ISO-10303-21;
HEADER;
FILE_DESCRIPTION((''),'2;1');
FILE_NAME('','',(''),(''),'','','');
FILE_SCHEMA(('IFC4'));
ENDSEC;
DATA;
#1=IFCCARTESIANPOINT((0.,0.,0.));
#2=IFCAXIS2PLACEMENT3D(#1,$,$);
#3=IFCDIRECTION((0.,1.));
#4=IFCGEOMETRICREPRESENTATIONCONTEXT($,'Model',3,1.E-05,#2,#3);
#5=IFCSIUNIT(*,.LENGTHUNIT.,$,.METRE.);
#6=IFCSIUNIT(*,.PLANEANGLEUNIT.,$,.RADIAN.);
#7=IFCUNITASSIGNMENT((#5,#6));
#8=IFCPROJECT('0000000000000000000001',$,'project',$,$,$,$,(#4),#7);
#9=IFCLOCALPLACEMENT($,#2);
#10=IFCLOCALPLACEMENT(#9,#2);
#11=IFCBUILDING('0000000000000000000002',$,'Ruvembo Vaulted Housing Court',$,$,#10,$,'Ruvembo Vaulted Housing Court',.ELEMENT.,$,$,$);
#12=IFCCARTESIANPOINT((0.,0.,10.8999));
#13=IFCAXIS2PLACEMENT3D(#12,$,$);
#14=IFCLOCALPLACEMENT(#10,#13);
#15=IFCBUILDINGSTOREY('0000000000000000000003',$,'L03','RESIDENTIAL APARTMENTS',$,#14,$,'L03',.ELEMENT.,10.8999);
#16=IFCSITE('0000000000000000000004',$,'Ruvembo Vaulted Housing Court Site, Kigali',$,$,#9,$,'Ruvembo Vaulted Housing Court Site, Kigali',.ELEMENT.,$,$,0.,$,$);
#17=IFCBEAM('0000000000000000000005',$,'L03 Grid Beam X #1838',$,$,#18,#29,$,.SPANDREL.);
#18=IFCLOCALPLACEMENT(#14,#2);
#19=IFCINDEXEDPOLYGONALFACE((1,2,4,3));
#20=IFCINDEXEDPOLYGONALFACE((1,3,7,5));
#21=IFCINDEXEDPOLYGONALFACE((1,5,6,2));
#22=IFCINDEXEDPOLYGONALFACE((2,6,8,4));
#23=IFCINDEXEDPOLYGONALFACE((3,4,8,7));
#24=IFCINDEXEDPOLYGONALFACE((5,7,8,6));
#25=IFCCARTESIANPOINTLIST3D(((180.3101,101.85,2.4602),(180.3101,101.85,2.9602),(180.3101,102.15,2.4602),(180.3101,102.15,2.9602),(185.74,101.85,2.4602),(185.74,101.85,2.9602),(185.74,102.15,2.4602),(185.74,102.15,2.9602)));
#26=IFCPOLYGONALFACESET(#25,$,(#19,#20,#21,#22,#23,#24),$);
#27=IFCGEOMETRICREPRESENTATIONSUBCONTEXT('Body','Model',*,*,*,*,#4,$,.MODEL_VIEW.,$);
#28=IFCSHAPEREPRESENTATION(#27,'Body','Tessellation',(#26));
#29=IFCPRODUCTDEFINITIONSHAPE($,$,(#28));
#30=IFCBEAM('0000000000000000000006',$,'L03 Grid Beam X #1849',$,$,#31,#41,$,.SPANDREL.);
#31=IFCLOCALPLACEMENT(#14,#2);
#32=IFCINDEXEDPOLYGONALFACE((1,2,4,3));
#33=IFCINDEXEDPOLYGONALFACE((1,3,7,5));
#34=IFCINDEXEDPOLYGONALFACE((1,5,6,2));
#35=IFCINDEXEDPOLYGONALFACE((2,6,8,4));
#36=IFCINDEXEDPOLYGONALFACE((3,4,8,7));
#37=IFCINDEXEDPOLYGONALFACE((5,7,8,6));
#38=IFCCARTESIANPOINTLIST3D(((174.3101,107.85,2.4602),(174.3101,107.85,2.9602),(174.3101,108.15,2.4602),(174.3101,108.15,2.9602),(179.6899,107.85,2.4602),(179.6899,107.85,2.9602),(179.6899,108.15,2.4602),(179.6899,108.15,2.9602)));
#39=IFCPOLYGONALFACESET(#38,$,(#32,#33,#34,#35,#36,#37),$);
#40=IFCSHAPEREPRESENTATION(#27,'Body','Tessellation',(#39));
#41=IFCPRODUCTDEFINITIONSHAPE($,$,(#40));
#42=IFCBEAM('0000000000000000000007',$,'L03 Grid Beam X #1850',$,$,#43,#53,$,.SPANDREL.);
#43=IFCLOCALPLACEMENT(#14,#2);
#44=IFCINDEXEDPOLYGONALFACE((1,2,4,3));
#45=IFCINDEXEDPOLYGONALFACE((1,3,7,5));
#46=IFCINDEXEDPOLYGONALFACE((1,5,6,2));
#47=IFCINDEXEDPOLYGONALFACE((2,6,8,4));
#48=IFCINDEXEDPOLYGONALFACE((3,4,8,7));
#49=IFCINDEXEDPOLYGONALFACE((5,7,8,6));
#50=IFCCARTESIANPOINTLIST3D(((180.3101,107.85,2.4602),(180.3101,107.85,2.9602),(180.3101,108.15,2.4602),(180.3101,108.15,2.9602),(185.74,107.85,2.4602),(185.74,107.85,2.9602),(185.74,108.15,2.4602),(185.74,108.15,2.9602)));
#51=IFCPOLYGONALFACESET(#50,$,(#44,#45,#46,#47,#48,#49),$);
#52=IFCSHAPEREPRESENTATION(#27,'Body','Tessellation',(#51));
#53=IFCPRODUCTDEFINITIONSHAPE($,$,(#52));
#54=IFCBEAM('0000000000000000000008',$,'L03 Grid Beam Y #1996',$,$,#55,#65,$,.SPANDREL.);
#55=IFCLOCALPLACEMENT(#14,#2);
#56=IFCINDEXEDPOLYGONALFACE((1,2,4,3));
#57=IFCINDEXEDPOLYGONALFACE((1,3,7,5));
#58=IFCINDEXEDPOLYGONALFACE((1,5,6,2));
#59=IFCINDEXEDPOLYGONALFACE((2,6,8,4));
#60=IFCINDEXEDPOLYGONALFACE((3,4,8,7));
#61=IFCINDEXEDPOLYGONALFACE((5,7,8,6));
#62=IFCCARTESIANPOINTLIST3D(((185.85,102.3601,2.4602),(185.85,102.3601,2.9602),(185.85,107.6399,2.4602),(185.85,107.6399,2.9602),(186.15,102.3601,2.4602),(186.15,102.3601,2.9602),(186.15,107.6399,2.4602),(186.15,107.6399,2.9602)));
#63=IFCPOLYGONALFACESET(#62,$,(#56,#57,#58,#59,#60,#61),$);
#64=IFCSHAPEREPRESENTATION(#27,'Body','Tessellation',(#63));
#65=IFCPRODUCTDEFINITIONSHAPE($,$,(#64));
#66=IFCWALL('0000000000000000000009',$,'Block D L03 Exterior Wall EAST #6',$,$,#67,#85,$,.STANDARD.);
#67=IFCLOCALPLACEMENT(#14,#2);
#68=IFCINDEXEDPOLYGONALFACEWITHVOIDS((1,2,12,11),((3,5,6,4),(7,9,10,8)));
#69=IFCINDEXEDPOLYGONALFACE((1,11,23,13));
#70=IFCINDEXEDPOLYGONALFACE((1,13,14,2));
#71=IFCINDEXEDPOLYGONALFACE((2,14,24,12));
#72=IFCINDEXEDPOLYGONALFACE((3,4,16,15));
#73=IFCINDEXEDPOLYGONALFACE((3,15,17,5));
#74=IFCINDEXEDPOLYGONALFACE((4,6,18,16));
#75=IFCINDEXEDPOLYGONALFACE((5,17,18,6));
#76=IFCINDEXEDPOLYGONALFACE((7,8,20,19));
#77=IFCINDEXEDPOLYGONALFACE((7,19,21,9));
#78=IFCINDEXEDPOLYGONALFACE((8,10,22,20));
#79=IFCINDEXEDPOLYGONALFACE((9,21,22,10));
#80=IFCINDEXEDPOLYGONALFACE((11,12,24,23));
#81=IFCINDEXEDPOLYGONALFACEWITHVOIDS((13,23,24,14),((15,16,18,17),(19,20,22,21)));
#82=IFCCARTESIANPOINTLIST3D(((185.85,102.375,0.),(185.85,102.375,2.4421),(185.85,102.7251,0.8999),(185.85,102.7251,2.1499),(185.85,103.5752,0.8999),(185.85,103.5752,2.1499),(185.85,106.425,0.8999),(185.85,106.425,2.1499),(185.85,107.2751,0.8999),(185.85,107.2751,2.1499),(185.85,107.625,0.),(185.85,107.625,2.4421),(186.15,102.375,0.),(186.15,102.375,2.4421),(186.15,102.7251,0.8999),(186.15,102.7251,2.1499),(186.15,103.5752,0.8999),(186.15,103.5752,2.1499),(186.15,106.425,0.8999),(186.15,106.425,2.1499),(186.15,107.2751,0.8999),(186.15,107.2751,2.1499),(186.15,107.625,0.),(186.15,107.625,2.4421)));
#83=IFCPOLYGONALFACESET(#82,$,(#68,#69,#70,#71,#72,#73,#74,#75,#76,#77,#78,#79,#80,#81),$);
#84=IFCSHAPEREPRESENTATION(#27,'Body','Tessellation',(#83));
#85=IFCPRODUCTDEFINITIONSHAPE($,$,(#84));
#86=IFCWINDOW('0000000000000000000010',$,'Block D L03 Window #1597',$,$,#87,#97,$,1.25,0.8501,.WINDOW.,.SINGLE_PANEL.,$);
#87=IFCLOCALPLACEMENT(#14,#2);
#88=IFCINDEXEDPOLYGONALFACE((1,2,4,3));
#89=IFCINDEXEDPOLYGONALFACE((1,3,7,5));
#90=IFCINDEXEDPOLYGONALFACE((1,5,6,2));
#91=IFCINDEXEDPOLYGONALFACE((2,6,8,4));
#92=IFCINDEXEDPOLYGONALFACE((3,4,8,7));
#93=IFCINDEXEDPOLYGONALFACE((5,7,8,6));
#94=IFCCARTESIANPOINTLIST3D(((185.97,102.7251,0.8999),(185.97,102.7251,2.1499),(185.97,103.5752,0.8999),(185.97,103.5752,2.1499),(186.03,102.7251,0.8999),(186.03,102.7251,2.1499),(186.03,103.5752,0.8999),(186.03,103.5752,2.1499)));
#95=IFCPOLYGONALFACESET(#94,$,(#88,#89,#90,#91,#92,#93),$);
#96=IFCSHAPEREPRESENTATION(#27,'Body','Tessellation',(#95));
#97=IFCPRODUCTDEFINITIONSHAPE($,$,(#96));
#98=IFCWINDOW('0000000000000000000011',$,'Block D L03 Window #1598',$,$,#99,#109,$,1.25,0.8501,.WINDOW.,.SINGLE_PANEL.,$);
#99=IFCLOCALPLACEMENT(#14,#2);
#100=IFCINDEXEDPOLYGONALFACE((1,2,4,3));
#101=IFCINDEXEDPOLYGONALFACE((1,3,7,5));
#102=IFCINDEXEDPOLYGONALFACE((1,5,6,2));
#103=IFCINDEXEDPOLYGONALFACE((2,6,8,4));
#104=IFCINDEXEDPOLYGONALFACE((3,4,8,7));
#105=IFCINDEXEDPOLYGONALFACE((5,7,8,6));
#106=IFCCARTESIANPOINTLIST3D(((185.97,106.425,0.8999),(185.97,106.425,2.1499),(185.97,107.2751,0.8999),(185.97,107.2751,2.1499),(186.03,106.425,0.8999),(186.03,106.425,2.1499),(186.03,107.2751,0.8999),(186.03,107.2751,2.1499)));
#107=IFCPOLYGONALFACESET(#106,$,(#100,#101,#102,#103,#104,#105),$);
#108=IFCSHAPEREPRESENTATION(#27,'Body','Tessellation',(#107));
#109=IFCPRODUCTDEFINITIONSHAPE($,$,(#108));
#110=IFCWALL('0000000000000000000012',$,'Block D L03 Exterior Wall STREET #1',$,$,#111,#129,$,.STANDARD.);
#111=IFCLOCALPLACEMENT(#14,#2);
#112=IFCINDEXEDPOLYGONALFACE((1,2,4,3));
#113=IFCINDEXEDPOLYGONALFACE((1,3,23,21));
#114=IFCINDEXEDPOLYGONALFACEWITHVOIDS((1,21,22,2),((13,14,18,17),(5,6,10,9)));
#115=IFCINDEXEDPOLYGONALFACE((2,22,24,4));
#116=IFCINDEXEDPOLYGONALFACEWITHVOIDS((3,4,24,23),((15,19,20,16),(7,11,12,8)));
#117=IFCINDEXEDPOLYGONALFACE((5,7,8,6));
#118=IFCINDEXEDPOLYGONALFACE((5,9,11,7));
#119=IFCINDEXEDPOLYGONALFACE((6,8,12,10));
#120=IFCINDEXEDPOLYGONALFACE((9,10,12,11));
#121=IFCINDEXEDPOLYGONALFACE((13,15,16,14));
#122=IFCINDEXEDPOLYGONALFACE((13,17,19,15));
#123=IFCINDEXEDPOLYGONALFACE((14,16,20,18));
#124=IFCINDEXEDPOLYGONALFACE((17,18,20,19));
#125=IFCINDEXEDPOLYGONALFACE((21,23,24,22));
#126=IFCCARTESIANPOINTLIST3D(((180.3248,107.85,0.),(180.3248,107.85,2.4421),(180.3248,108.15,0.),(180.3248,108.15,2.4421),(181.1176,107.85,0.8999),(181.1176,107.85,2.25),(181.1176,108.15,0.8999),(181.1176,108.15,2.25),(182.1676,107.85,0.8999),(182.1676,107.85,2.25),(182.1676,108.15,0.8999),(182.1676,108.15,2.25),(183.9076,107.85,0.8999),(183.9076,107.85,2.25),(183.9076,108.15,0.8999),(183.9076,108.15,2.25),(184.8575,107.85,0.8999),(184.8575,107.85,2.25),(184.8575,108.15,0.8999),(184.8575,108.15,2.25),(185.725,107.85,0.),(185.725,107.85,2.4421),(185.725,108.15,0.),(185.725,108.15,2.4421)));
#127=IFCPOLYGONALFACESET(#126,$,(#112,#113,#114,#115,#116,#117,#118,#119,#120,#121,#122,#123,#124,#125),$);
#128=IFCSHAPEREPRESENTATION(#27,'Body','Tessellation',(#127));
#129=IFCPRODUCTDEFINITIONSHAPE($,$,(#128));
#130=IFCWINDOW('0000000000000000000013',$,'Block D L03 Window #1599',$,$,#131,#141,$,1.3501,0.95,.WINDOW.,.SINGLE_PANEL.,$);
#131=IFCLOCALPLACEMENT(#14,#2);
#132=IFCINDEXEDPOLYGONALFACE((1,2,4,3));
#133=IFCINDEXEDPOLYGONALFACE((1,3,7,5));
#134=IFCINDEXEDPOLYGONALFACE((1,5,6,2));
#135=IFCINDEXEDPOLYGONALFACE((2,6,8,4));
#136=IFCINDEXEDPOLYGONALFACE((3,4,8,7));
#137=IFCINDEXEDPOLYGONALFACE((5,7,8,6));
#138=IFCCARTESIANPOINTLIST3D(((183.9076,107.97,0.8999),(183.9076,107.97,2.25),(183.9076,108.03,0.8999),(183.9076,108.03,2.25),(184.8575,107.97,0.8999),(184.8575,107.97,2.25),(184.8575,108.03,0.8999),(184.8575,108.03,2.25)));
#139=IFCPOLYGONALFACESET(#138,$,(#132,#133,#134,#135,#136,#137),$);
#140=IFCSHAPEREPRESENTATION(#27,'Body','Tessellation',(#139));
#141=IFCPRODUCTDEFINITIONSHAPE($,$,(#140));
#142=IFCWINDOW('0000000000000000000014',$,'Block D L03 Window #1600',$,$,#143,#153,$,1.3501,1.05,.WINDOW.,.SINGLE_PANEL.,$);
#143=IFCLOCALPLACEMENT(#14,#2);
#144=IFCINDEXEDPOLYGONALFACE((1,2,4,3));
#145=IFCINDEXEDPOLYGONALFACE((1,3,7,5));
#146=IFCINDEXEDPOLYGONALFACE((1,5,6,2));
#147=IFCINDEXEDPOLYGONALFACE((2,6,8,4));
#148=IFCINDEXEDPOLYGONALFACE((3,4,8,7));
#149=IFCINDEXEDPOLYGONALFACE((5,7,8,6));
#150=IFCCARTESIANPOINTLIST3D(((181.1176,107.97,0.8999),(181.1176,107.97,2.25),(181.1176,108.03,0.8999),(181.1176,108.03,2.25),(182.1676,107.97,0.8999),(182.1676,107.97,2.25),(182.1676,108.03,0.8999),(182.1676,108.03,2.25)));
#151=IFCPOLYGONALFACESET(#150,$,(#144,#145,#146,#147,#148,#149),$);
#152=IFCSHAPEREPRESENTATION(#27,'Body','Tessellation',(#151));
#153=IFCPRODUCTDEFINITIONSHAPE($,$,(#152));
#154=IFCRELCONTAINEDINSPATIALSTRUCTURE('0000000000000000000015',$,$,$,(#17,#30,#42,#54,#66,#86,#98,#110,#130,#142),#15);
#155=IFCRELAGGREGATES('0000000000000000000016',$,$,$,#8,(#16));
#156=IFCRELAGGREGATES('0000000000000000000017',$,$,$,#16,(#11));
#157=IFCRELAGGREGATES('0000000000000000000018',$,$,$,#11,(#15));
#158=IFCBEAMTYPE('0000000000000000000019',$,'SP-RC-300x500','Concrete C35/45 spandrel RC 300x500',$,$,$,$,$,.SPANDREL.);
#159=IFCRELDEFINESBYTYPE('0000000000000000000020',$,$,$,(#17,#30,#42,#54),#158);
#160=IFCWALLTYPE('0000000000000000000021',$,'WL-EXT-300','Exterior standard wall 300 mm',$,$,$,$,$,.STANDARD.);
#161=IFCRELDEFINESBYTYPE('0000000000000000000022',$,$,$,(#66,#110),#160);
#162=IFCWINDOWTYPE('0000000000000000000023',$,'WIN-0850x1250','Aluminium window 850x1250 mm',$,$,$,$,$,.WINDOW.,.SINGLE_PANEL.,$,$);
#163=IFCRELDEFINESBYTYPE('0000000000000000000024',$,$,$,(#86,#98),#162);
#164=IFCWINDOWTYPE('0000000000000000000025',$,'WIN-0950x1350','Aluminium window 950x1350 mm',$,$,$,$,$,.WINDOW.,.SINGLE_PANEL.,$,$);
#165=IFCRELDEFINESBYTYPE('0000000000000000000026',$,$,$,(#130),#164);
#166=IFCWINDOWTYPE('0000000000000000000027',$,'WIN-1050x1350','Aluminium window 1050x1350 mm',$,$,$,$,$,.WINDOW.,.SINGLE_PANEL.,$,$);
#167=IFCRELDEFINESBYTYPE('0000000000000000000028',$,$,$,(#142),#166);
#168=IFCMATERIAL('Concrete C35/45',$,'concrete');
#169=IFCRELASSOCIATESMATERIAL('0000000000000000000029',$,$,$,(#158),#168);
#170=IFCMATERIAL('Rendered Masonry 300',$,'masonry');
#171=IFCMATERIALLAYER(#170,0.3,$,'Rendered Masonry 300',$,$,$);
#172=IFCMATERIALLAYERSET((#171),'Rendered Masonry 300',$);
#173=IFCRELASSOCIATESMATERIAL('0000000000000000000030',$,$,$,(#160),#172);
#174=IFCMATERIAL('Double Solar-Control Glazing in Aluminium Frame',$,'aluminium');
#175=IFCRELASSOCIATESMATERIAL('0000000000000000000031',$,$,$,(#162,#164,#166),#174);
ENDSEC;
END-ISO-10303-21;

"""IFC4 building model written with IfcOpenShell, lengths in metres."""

from ifc_helpers import new_model, si_unit, direction, frame, frame_2d, origin, origin_2d, place, context, subcontext, project, spatial, rectangle, extrude, material, layer, layer_set, material_profile, profile_set, type_object, element, fill, save


model = new_model("IFC4")

# Units and contexts
model_context = context("Model", 3, precision=1e-05, world=origin(), true_north=direction((0.0, 1.0)))
body_context = subcontext(model_context, "Body", "Model", "MODEL_VIEW")
ifc_project = project(units=[si_unit("LENGTHUNIT", "METRE"), si_unit("PLANEANGLEUNIT", "RADIAN")], contexts=[model_context])

# Site, building, storey
site_placement = place(None, origin())
site = spatial("IfcSite", under=ifc_project, at=site_placement, Name="Ruvembo Vaulted Housing Court Site, Kigali", LongName="Ruvembo Vaulted Housing Court Site, Kigali", CompositionType="ELEMENT", RefElevation=0.0)
building_placement = place(site_placement, origin())
building = spatial("IfcBuilding", under=site, at=building_placement, Name="Ruvembo Vaulted Housing Court", LongName="Ruvembo Vaulted Housing Court", CompositionType="ELEMENT")
storey_placement = place(building_placement, frame((0.0, 0.0, 10.8999)))
storey = spatial("IfcBuildingStorey", under=building, at=storey_placement, Name="L03", Description="RESIDENTIAL APARTMENTS", LongName="L03", CompositionType="ELEMENT", Elevation=10.8999)

# Beams
ifc_material_1 = material(Name="Concrete C35/45", Category="concrete")
ifc_material_profile_1 = material_profile(ifc_material_1, rectangle(XDim=0.3, YDim=0.5, at=origin_2d()), Name="RC 300x500")
ifc_profile_set_1 = profile_set([ifc_material_profile_1], Name="Concrete C35/45")
beam_type_1 = type_object("IfcBeamType", Name="SP-RC-300x500", Description="Concrete C35/45 spandrel RC 300x500", PredefinedType="SPANDREL", material=ifc_profile_set_1)
beam_1_placement = place(storey_placement, frame((180.3101, 102.0, 2.7102), z_axis=(1.0, 0.0, 0.0), x_axis=(0.0, 1.0, 0.0)))
element("IfcBeam", 1, at=beam_1_placement, inside=storey, type_object=beam_type_1, Name="L03 Grid Beam X #1838", PredefinedType="SPANDREL", context=body_context, shape_type="SweptSolid", body=[
    extrude(rectangle(XDim=0.3, YDim=0.5, at=origin_2d()), origin(), (0.0, 0.0, 1.0), 5.4299),
])
beam_2_placement = place(storey_placement, frame((174.3101, 108.0, 2.7102), z_axis=(1.0, 0.0, 0.0), x_axis=(0.0, 1.0, 0.0)))
element("IfcBeam", 2, at=beam_2_placement, inside=storey, type_object=beam_type_1, Name="L03 Grid Beam X #1849", PredefinedType="SPANDREL", context=body_context, shape_type="SweptSolid", body=[
    extrude(rectangle(XDim=0.3, YDim=0.5, at=origin_2d()), origin(), (0.0, 0.0, 1.0), 5.3799),
])
beam_3_placement = place(storey_placement, frame((180.3101, 108.0, 2.7102), z_axis=(1.0, 0.0, 0.0), x_axis=(0.0, 1.0, 0.0)))
element("IfcBeam", 3, at=beam_3_placement, inside=storey, type_object=beam_type_1, Name="L03 Grid Beam X #1850", PredefinedType="SPANDREL", context=body_context, shape_type="SweptSolid", body=[
    extrude(rectangle(XDim=0.3, YDim=0.5, at=origin_2d()), origin(), (0.0, 0.0, 1.0), 5.4299),
])
beam_4_placement = place(storey_placement, frame((186.0, 102.3601, 2.7102), z_axis=(0.0, 1.0, 0.0), x_axis=(-1.0, 0.0, 0.0)))
element("IfcBeam", 4, at=beam_4_placement, inside=storey, type_object=beam_type_1, Name="L03 Grid Beam Y #1996", PredefinedType="SPANDREL", context=body_context, shape_type="SweptSolid", body=[
    extrude(rectangle(XDim=0.3, YDim=0.5, at=origin_2d()), origin(), (0.0, 0.0, 1.0), 5.2798),
])

# Walls, openings, windows
ifc_material_2 = material(Name="Rendered Masonry 300", Category="masonry")
ifc_layer_1 = layer(ifc_material_2, 0.3, Name="Rendered Masonry 300")
ifc_layer_set_1 = layer_set([ifc_layer_1], Name="Rendered Masonry 300")
wall_type_1 = type_object("IfcWallType", Name="WL-EXT-300", Description="Exterior standard wall 300 mm", PredefinedType="STANDARD", material=ifc_layer_set_1)
wall_1_placement = place(storey_placement, frame((186.0, 102.375, 0.0), z_axis=(0.0, 0.0, 1.0), x_axis=(0.0, 1.0, 0.0)))
wall_1 = element("IfcWall", 5, at=wall_1_placement, inside=storey, type_object=wall_type_1, Name="Block D L03 Exterior Wall EAST #6", PredefinedType="STANDARD", context=body_context, shape_type="SweptSolid", body=[
    extrude(rectangle(XDim=5.25, YDim=0.3, at=frame_2d((2.625, 0.0))), origin(), (0.0, 0.0, 1.0), 2.4421),
])
opening_1_placement = place(wall_1_placement, frame((0.3501, 0.0, 0.8999)))
opening_1 = element("IfcOpeningElement", 6, at=opening_1_placement, cuts=wall_1, PredefinedType="OPENING", context=body_context, shape_type="SweptSolid", body=[
    extrude(rectangle(XDim=0.8501, YDim=1.25, at=frame_2d((0.425, 0.625))), frame((0.0, 0.1599, 0.0), z_axis=(0.0, -1.0, 0.0), x_axis=(1.0, 0.0, 0.0)), (0.0, 0.0, 1.0), 0.3201),
])
opening_2_placement = place(wall_1_placement, frame((4.05, 0.0, 0.8999)))
opening_2 = element("IfcOpeningElement", 7, at=opening_2_placement, cuts=wall_1, PredefinedType="OPENING", context=body_context, shape_type="SweptSolid", body=[
    extrude(rectangle(XDim=0.8501, YDim=1.25, at=frame_2d((0.425, 0.625))), frame((0.0, 0.1599, 0.0), z_axis=(0.0, -1.0, 0.0), x_axis=(1.0, 0.0, 0.0)), (0.0, 0.0, 1.0), 0.3201),
])
ifc_material_3 = material(Name="Double Solar-Control Glazing in Aluminium Frame", Category="aluminium")
window_type_1 = type_object("IfcWindowType", Name="WIN-0850x1250", Description="Aluminium window 850x1250 mm", PartitioningType="SINGLE_PANEL", PredefinedType="WINDOW", material=ifc_material_3)
window_1_placement = place(opening_1_placement, origin())
window_1 = element("IfcWindow", 8, at=window_1_placement, inside=storey, type_object=window_type_1, Name="Block D L03 Window #1597", OverallHeight=1.25, OverallWidth=0.8501, PartitioningType="SINGLE_PANEL", PredefinedType="WINDOW", context=body_context, shape_type="SweptSolid", body=[
    extrude(rectangle(XDim=0.8501, YDim=1.25, at=frame_2d((0.425, 0.625))), frame((0.0, 0.03, 0.0), z_axis=(0.0, -1.0, 0.0), x_axis=(1.0, 0.0, 0.0)), (0.0, 0.0, 1.0), 0.0601),
])
fill(opening_1, window_1)
window_2_placement = place(opening_2_placement, origin())
window_2 = element("IfcWindow", 9, at=window_2_placement, inside=storey, type_object=window_type_1, Name="Block D L03 Window #1598", OverallHeight=1.25, OverallWidth=0.8501, PartitioningType="SINGLE_PANEL", PredefinedType="WINDOW", context=body_context, shape_type="SweptSolid", body=[
    extrude(rectangle(XDim=0.8501, YDim=1.25, at=frame_2d((0.425, 0.625))), frame((0.0, 0.03, 0.0), z_axis=(0.0, -1.0, 0.0), x_axis=(1.0, 0.0, 0.0)), (0.0, 0.0, 1.0), 0.0601),
])
fill(opening_2, window_2)
wall_2_placement = place(storey_placement, frame((185.7251, 108.0, 0.0), z_axis=(0.0, 0.0, 1.0), x_axis=(-1.0, 0.0, 0.0)))
wall_2 = element("IfcWall", 10, at=wall_2_placement, inside=storey, type_object=wall_type_1, Name="Block D L03 Exterior Wall STREET #1", PredefinedType="STANDARD", context=body_context, shape_type="SweptSolid", body=[
    extrude(rectangle(XDim=5.4001, YDim=0.3, at=frame_2d((2.7002, 0.0))), origin(), (0.0, 0.0, 1.0), 2.4421),
])
opening_3_placement = place(wall_2_placement, frame((0.8674, 0.0, 0.8999)))
opening_3 = element("IfcOpeningElement", 11, at=opening_3_placement, cuts=wall_2, PredefinedType="OPENING", context=body_context, shape_type="SweptSolid", body=[
    extrude(rectangle(XDim=0.95, YDim=1.3501, at=frame_2d((0.4751, 0.675))), frame((0.0, 0.1599, 0.0), z_axis=(0.0, -1.0, 0.0), x_axis=(1.0, 0.0, 0.0)), (0.0, 0.0, 1.0), 0.3201),
])
opening_4_placement = place(wall_2_placement, frame((3.5576, 0.0, 0.8999)))
opening_4 = element("IfcOpeningElement", 12, at=opening_4_placement, cuts=wall_2, PredefinedType="OPENING", context=body_context, shape_type="SweptSolid", body=[
    extrude(rectangle(XDim=1.05, YDim=1.3501, at=frame_2d((0.5249, 0.675))), frame((0.0, 0.1599, 0.0), z_axis=(0.0, -1.0, 0.0), x_axis=(1.0, 0.0, 0.0)), (0.0, 0.0, 1.0), 0.3201),
])
window_type_2 = type_object("IfcWindowType", Name="WIN-0950x1350", Description="Aluminium window 950x1350 mm", PartitioningType="SINGLE_PANEL", PredefinedType="WINDOW", material=ifc_material_3)
window_3_placement = place(opening_3_placement, origin())
window_3 = element("IfcWindow", 13, at=window_3_placement, inside=storey, type_object=window_type_2, Name="Block D L03 Window #1599", OverallHeight=1.3501, OverallWidth=0.95, PartitioningType="SINGLE_PANEL", PredefinedType="WINDOW", context=body_context, shape_type="SweptSolid", body=[
    extrude(rectangle(XDim=0.95, YDim=1.3501, at=frame_2d((0.4751, 0.675))), frame((0.0, 0.03, 0.0), z_axis=(0.0, -1.0, 0.0), x_axis=(1.0, 0.0, 0.0)), (0.0, 0.0, 1.0), 0.0601),
])
fill(opening_3, window_3)
window_type_3 = type_object("IfcWindowType", Name="WIN-1050x1350", Description="Aluminium window 1050x1350 mm", PartitioningType="SINGLE_PANEL", PredefinedType="WINDOW", material=ifc_material_3)
window_4_placement = place(opening_4_placement, origin())
window_4 = element("IfcWindow", 14, at=window_4_placement, inside=storey, type_object=window_type_3, Name="Block D L03 Window #1600", OverallHeight=1.3501, OverallWidth=1.05, PartitioningType="SINGLE_PANEL", PredefinedType="WINDOW", context=body_context, shape_type="SweptSolid", body=[
    extrude(rectangle(XDim=1.05, YDim=1.3501, at=frame_2d((0.5249, 0.675))), frame((0.0, 0.03, 0.0), z_axis=(0.0, -1.0, 0.0), x_axis=(1.0, 0.0, 0.0)), (0.0, 0.0, 1.0), 0.0601),
])
fill(opening_4, window_4)

save(model, "model.ifc")
